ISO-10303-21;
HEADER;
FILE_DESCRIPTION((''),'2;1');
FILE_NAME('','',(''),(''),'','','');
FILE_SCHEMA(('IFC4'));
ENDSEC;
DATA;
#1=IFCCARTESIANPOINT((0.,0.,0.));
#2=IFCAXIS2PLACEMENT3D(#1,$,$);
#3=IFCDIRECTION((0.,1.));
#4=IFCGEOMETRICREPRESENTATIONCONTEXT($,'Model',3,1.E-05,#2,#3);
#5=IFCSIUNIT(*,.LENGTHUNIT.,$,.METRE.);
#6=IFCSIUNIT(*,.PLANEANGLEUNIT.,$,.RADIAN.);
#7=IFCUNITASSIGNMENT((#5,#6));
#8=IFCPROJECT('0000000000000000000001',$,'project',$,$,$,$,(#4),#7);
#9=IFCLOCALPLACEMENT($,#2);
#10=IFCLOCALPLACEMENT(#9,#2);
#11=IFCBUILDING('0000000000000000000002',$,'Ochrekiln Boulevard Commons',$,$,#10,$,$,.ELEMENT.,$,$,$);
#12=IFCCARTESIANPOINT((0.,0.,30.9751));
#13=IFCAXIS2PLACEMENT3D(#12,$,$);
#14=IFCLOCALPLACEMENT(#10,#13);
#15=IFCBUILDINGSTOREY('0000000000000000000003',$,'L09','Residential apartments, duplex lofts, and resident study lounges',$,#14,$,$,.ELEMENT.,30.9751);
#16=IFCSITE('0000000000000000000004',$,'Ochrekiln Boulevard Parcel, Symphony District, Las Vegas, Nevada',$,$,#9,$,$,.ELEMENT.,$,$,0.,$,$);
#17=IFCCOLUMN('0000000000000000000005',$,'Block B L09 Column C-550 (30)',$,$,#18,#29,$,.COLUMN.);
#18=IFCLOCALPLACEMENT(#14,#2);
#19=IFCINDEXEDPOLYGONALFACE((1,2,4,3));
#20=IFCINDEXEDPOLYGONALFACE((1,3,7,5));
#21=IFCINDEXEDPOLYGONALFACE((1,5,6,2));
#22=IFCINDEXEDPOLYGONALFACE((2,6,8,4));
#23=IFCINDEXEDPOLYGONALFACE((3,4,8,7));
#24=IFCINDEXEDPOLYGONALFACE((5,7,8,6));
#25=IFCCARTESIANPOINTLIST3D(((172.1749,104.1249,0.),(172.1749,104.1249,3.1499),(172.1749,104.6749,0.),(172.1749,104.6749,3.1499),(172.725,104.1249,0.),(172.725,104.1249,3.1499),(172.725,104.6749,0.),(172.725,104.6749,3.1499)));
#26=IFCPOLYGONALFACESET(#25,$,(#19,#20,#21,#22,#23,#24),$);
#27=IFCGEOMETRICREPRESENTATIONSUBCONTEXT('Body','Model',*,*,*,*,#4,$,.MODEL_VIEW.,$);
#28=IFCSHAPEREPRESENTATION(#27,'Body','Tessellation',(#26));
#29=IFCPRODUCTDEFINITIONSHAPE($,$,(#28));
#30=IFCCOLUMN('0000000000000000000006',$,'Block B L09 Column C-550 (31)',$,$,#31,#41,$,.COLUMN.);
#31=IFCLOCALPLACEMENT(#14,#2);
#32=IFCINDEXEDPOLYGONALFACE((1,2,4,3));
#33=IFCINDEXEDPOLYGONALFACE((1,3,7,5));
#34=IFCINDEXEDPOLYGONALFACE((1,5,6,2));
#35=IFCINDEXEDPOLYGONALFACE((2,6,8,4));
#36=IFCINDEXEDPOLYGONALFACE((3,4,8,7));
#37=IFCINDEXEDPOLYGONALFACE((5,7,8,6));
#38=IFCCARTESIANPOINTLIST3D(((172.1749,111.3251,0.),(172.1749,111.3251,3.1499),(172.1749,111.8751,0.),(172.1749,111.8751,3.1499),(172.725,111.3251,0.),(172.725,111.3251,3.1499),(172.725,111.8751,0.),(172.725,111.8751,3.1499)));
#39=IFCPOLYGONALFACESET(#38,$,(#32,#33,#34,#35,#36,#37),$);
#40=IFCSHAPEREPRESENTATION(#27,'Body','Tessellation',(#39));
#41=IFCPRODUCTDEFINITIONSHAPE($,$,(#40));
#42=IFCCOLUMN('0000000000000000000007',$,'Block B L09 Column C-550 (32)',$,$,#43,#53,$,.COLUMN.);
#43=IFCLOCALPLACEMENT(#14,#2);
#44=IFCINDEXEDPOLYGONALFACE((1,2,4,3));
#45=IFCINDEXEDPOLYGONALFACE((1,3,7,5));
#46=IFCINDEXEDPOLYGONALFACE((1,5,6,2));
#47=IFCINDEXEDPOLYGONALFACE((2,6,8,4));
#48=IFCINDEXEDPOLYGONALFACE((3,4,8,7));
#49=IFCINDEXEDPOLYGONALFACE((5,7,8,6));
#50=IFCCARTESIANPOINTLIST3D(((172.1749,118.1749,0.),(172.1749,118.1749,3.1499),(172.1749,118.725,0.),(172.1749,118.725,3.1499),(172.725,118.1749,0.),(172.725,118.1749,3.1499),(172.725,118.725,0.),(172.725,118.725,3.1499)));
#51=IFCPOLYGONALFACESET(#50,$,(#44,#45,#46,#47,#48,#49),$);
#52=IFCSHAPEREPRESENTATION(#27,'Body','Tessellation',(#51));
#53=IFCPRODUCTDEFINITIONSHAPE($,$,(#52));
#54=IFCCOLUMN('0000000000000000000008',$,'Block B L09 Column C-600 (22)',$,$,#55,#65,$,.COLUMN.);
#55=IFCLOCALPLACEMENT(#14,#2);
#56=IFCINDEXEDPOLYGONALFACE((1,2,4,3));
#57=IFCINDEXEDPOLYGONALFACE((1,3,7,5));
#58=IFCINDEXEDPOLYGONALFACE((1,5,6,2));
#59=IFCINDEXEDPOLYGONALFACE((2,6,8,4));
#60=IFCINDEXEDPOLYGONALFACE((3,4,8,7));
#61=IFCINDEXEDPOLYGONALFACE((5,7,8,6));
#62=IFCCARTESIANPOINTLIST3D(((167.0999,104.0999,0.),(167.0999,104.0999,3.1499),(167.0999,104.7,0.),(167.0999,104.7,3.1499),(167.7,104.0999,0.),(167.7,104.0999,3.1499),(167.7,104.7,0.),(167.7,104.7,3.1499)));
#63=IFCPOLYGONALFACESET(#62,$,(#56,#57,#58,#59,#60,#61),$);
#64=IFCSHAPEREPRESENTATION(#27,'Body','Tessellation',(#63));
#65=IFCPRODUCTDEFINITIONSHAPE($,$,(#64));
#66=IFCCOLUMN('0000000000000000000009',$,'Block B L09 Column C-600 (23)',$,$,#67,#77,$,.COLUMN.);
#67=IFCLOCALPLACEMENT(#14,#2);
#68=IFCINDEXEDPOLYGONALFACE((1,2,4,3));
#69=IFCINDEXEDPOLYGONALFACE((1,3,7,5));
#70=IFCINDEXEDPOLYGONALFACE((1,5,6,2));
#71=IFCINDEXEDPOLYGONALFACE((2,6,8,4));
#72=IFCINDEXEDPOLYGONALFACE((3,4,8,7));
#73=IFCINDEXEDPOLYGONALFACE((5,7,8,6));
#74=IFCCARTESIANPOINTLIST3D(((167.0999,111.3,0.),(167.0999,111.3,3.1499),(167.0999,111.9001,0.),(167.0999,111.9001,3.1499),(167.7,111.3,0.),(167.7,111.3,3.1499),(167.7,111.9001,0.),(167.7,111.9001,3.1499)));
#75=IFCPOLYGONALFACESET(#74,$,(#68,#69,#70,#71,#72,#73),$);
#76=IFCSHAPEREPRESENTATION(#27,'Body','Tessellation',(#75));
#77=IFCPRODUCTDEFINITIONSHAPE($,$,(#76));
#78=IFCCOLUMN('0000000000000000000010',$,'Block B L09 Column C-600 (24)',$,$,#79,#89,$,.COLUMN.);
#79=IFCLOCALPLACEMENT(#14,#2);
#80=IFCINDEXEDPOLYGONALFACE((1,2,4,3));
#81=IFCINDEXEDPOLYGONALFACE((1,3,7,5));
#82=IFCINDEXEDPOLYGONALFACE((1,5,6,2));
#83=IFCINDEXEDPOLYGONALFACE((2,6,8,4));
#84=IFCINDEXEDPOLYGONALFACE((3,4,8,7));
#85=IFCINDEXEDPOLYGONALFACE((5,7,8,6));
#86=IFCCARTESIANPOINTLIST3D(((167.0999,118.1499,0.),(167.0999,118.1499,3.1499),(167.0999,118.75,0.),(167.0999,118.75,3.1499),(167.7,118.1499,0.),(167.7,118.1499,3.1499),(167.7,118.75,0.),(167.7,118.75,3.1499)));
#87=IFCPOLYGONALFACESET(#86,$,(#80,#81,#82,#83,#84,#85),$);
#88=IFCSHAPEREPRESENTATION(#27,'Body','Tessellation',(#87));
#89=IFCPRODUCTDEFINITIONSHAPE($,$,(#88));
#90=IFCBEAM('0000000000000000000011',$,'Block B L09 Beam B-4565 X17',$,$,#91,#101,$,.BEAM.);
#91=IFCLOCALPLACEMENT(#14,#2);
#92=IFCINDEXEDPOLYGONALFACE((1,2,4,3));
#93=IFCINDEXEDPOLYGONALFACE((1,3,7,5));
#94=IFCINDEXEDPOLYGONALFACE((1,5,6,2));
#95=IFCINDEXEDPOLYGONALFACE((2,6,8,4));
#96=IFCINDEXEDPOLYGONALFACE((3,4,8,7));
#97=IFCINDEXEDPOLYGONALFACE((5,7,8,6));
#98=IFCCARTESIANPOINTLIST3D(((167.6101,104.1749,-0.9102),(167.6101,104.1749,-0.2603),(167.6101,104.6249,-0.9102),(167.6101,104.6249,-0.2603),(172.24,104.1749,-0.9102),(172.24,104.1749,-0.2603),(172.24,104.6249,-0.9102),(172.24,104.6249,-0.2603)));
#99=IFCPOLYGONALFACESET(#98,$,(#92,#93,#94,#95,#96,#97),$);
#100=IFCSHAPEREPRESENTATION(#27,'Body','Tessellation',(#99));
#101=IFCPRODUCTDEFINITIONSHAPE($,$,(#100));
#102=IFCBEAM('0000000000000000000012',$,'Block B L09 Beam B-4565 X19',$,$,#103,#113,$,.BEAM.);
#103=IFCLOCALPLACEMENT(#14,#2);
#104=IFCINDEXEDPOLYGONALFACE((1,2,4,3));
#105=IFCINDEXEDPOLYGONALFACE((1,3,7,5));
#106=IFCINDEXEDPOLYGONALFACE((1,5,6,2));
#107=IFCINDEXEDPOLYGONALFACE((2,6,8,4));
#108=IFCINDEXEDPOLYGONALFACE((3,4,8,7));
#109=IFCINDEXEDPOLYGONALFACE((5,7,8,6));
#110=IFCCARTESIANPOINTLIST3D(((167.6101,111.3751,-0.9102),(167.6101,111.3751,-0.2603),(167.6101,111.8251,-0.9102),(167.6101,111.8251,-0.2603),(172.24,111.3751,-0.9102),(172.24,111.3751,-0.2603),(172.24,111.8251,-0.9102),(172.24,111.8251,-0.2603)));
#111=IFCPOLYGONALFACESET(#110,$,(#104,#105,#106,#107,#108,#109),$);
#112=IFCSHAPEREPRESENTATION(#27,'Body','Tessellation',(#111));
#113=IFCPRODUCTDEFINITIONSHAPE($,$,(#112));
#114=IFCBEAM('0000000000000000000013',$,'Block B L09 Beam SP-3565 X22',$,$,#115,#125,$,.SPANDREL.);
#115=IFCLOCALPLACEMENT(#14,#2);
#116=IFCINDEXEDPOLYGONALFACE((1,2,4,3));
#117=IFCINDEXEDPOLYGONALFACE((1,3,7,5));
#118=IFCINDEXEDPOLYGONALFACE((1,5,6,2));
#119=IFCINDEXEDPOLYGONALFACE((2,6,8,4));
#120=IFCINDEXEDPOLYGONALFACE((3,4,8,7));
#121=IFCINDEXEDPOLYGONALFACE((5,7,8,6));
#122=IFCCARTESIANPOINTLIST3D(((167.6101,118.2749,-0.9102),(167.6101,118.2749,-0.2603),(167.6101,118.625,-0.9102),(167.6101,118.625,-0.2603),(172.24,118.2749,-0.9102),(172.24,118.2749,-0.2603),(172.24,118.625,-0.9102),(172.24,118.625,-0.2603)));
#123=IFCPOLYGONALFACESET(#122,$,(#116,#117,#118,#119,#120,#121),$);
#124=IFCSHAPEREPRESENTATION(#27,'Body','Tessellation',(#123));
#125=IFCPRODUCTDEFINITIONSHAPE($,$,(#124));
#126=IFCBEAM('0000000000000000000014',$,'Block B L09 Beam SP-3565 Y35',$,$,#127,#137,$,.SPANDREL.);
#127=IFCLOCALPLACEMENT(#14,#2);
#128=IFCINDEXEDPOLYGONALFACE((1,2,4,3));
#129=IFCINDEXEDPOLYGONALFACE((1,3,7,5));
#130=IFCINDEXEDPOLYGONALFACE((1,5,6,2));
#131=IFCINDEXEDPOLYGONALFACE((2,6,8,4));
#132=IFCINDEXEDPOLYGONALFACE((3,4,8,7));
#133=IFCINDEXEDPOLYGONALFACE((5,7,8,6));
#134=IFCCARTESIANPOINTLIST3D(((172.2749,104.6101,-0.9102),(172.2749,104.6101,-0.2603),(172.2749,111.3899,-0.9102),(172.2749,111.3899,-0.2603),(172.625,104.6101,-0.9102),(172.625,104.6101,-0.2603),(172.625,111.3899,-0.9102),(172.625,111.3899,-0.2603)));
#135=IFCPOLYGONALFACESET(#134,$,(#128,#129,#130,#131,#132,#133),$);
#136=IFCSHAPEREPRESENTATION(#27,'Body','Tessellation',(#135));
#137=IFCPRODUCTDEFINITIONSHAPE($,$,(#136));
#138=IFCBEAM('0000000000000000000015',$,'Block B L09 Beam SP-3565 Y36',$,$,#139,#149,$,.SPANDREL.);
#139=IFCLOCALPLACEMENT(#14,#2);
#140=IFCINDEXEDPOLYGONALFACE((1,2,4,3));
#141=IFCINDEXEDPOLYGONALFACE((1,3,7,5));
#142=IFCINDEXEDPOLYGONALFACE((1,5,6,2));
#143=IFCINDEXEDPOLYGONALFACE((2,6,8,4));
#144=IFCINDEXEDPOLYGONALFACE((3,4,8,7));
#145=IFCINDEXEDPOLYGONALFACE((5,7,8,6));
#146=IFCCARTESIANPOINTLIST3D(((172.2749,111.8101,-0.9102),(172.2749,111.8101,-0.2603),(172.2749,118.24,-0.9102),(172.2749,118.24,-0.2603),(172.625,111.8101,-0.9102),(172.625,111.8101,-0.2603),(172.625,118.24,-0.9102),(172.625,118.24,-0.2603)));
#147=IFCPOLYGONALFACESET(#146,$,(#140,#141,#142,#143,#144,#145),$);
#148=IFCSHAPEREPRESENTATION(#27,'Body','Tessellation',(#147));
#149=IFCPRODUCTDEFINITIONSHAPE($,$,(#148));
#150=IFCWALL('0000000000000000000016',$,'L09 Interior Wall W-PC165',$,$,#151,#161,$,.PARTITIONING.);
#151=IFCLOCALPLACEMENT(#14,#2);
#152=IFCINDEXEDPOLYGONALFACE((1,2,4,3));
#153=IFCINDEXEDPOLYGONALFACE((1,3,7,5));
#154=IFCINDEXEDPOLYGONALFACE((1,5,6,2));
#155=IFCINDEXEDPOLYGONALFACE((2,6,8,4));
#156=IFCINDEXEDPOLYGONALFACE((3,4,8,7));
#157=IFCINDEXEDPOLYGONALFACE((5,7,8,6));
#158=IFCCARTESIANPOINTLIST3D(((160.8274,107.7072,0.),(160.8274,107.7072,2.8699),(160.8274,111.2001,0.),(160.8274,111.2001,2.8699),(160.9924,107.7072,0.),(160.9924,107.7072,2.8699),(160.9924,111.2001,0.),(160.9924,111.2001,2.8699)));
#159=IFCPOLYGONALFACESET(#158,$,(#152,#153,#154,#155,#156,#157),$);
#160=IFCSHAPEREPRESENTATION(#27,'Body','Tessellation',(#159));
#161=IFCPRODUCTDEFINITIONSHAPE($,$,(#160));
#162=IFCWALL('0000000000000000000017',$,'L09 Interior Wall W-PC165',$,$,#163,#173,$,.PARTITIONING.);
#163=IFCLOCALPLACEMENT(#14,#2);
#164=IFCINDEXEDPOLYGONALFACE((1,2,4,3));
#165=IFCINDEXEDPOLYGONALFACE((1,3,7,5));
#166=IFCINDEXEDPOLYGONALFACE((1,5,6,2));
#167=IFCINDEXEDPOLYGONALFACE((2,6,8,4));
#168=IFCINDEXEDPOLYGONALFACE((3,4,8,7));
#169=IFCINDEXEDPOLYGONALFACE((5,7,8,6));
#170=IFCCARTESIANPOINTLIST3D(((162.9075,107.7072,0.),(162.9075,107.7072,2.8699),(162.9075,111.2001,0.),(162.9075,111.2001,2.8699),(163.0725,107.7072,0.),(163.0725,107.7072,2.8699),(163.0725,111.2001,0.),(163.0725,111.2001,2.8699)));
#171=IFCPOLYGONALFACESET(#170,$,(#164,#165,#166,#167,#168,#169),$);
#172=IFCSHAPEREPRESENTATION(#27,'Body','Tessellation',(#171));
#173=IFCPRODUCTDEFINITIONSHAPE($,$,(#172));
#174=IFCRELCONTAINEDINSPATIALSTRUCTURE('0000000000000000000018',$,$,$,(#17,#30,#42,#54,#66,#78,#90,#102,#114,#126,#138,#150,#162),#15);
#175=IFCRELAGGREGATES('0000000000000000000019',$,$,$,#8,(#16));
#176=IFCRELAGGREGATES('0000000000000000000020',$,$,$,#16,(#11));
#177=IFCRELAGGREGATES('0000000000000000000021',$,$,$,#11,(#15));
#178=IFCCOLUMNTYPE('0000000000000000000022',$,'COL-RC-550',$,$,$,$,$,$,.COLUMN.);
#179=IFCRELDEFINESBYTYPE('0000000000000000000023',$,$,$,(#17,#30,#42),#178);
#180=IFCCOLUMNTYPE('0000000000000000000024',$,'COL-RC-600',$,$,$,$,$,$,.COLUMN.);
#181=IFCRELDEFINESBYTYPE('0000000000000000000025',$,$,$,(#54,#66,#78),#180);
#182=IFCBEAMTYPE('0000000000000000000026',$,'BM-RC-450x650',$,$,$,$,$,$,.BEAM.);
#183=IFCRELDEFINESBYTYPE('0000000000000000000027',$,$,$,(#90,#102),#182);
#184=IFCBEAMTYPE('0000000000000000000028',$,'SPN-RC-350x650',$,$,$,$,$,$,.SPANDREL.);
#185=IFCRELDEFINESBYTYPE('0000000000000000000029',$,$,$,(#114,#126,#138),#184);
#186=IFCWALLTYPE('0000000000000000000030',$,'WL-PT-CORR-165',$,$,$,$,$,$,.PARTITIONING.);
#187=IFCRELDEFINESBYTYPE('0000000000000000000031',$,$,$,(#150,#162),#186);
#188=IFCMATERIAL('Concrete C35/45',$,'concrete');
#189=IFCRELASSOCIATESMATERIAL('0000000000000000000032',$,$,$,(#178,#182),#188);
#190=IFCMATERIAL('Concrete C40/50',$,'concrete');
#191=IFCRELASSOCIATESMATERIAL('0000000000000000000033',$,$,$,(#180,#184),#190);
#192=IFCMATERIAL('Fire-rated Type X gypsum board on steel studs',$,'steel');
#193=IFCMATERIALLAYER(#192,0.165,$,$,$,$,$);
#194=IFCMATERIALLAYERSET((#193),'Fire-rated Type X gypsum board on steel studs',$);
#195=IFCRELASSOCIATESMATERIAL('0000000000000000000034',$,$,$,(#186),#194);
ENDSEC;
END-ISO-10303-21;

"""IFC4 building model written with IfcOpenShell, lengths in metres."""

from ifc_helpers import new_model, si_unit, direction, frame, frame_2d, origin, origin_2d, place, context, subcontext, project, spatial, rectangle, extrude, material, layer, layer_set, material_profile, profile_set, type_object, element, save


model = new_model("IFC4")

# Units and contexts
model_context = context("Model", 3, precision=1e-05, world=origin(), true_north=direction((0.0, 1.0)))
body_context = subcontext(model_context, "Body", "Model", "MODEL_VIEW")
ifc_project = project(units=[si_unit("LENGTHUNIT", "METRE"), si_unit("PLANEANGLEUNIT", "RADIAN")], contexts=[model_context])

# Site, building, storey
site_placement = place(None, origin())
site = spatial("IfcSite", under=ifc_project, at=site_placement, Name="Ochrekiln Boulevard Parcel, Symphony District, Las Vegas, Nevada", CompositionType="ELEMENT", RefElevation=0.0)
building_placement = place(site_placement, origin())
building = spatial("IfcBuilding", under=site, at=building_placement, Name="Ochrekiln Boulevard Commons", CompositionType="ELEMENT")
storey_placement = place(building_placement, frame((0.0, 0.0, 30.9751)))
storey = spatial("IfcBuildingStorey", under=building, at=storey_placement, Name="L09", Description="Residential apartments, duplex lofts, and resident study lounges", CompositionType="ELEMENT", Elevation=30.9751)

# Columns
ifc_material_1 = material(Name="Concrete C35/45", Category="concrete")
ifc_material_profile_1 = material_profile(ifc_material_1, rectangle(XDim=0.55, YDim=0.55, at=origin_2d()), Name="RC-COL-550x550")
ifc_profile_set_1 = profile_set([ifc_material_profile_1], Name="Concrete C35/45")
column_type_1 = type_object("IfcColumnType", Name="COL-RC-550", PredefinedType="COLUMN", material=ifc_profile_set_1)
for number, where, z_axis, x_axis, name in (
    (1, (172.45, 104.3999, 0.0), (0.0, 0.0, 1.0), (1.0, 0.0, 0.0), "Block B L09 Column C-550 (30)"),
    (2, (172.45, 111.6001, 0.0), (0.0, 0.0, 1.0), (1.0, 0.0, 0.0), "Block B L09 Column C-550 (31)"),
    (3, (172.45, 118.45, 0.0), (0.0, 0.0, 1.0), (1.0, 0.0, 0.0), "Block B L09 Column C-550 (32)"),
):
    element("IfcColumn", number, at=place(storey_placement, frame(where, z_axis=z_axis, x_axis=x_axis)), inside=storey, type_object=column_type_1, Name=name, PredefinedType="COLUMN", context=body_context, shape_type="SweptSolid", body=[
        extrude(rectangle(XDim=0.55, YDim=0.55, at=origin_2d()), origin(), (0.0, 0.0, 1.0), 3.1499),
    ])
ifc_material_2 = material(Name="Concrete C40/50", Category="concrete")
ifc_material_profile_2 = material_profile(ifc_material_2, rectangle(XDim=0.6001, YDim=0.6001, at=origin_2d()), Name="RC-COL-600x600")
ifc_profile_set_2 = profile_set([ifc_material_profile_2], Name="Concrete C40/50")
column_type_2 = type_object("IfcColumnType", Name="COL-RC-600", PredefinedType="COLUMN", material=ifc_profile_set_2)
for number, where, z_axis, x_axis, name in (
    (4, (167.3999, 104.3999, 0.0), (0.0, 0.0, 1.0), (1.0, 0.0, 0.0), "Block B L09 Column C-600 (22)"),
    (5, (167.3999, 111.6001, 0.0), (0.0, 0.0, 1.0), (1.0, 0.0, 0.0), "Block B L09 Column C-600 (23)"),
    (6, (167.3999, 118.45, 0.0), (0.0, 0.0, 1.0), (1.0, 0.0, 0.0), "Block B L09 Column C-600 (24)"),
):
    element("IfcColumn", number, at=place(storey_placement, frame(where, z_axis=z_axis, x_axis=x_axis)), inside=storey, type_object=column_type_2, Name=name, PredefinedType="COLUMN", context=body_context, shape_type="SweptSolid", body=[
        extrude(rectangle(XDim=0.6001, YDim=0.6001, at=origin_2d()), origin(), (0.0, 0.0, 1.0), 3.1499),
    ])

# Beams
ifc_material_profile_3 = material_profile(ifc_material_1, rectangle(XDim=0.45, YDim=0.6499, at=origin_2d()), Name="RC-BM-450x650")
ifc_profile_set_3 = profile_set([ifc_material_profile_3], Name="Concrete C35/45")
beam_type_1 = type_object("IfcBeamType", Name="BM-RC-450x650", PredefinedType="BEAM", material=ifc_profile_set_3)
for number, where, z_axis, x_axis, name in (
    (7, (167.6101, 104.3999, -0.5852), (1.0, 0.0, 0.0), (0.0, 1.0, 0.0), "Block B L09 Beam B-4565 X17"),
    (8, (167.6101, 111.6001, -0.5852), (1.0, 0.0, 0.0), (0.0, 1.0, 0.0), "Block B L09 Beam B-4565 X19"),
):
    element("IfcBeam", number, at=place(storey_placement, frame(where, z_axis=z_axis, x_axis=x_axis)), inside=storey, type_object=beam_type_1, Name=name, PredefinedType="BEAM", context=body_context, shape_type="SweptSolid", body=[
        extrude(rectangle(XDim=0.45, YDim=0.6499, at=origin_2d()), origin(), (0.0, 0.0, 1.0), 4.6299),
    ])
ifc_material_profile_4 = material_profile(ifc_material_2, rectangle(XDim=0.3501, YDim=0.6499, at=origin_2d()), Name="RC-SPN-350x650")
ifc_profile_set_4 = profile_set([ifc_material_profile_4], Name="Concrete C40/50")
beam_type_2 = type_object("IfcBeamType", Name="SPN-RC-350x650", PredefinedType="SPANDREL", material=ifc_profile_set_4)
beam_1_placement = place(storey_placement, frame((167.6101, 118.45, -0.5852), z_axis=(1.0, 0.0, 0.0), x_axis=(0.0, 1.0, 0.0)))
element("IfcBeam", 9, at=beam_1_placement, inside=storey, type_object=beam_type_2, Name="Block B L09 Beam SP-3565 X22", PredefinedType="SPANDREL", context=body_context, shape_type="SweptSolid", body=[
    extrude(rectangle(XDim=0.3501, YDim=0.6499, at=origin_2d()), origin(), (0.0, 0.0, 1.0), 4.6299),
])
beam_2_placement = place(storey_placement, frame((172.45, 104.6101, -0.5852), z_axis=(0.0, 1.0, 0.0), x_axis=(-1.0, 0.0, 0.0)))
element("IfcBeam", 10, at=beam_2_placement, inside=storey, type_object=beam_type_2, Name="Block B L09 Beam SP-3565 Y35", PredefinedType="SPANDREL", context=body_context, shape_type="SweptSolid", body=[
    extrude(rectangle(XDim=0.3501, YDim=0.6499, at=origin_2d()), origin(), (0.0, 0.0, 1.0), 6.7798),
])
beam_3_placement = place(storey_placement, frame((172.45, 111.8101, -0.5852), z_axis=(0.0, 1.0, 0.0), x_axis=(-1.0, 0.0, 0.0)))
element("IfcBeam", 11, at=beam_3_placement, inside=storey, type_object=beam_type_2, Name="Block B L09 Beam SP-3565 Y36", PredefinedType="SPANDREL", context=body_context, shape_type="SweptSolid", body=[
    extrude(rectangle(XDim=0.3501, YDim=0.6499, at=origin_2d()), origin(), (0.0, 0.0, 1.0), 6.4299),
])

# Walls
ifc_material_3 = material(Name="Fire-rated Type X gypsum board on steel studs", Category="steel")
ifc_layer_1 = layer(ifc_material_3, 0.165)
ifc_layer_set_1 = layer_set([ifc_layer_1], Name="Fire-rated Type X gypsum board on steel studs")
wall_type_1 = type_object("IfcWallType", Name="WL-PT-CORR-165", PredefinedType="PARTITIONING", material=ifc_layer_set_1)
for number, where, z_axis, x_axis, name in (
    (12, (160.9099, 107.707, 0.0), (0.0, 0.0, 1.0), (0.0, 1.0, 0.0), "L09 Interior Wall W-PC165"),
    (13, (162.99, 107.707, 0.0), (0.0, 0.0, 1.0), (0.0, 1.0, 0.0), "L09 Interior Wall W-PC165"),
):
    element("IfcWall", number, at=place(storey_placement, frame(where, z_axis=z_axis, x_axis=x_axis)), inside=storey, type_object=wall_type_1, Name=name, PredefinedType="PARTITIONING", context=body_context, shape_type="SweptSolid", body=[
        extrude(rectangle(XDim=3.4929, YDim=0.165, at=frame_2d((1.7466, 0.0))), origin(), (0.0, 0.0, 1.0), 2.8699),
    ])

save(model, "model.ifc")
